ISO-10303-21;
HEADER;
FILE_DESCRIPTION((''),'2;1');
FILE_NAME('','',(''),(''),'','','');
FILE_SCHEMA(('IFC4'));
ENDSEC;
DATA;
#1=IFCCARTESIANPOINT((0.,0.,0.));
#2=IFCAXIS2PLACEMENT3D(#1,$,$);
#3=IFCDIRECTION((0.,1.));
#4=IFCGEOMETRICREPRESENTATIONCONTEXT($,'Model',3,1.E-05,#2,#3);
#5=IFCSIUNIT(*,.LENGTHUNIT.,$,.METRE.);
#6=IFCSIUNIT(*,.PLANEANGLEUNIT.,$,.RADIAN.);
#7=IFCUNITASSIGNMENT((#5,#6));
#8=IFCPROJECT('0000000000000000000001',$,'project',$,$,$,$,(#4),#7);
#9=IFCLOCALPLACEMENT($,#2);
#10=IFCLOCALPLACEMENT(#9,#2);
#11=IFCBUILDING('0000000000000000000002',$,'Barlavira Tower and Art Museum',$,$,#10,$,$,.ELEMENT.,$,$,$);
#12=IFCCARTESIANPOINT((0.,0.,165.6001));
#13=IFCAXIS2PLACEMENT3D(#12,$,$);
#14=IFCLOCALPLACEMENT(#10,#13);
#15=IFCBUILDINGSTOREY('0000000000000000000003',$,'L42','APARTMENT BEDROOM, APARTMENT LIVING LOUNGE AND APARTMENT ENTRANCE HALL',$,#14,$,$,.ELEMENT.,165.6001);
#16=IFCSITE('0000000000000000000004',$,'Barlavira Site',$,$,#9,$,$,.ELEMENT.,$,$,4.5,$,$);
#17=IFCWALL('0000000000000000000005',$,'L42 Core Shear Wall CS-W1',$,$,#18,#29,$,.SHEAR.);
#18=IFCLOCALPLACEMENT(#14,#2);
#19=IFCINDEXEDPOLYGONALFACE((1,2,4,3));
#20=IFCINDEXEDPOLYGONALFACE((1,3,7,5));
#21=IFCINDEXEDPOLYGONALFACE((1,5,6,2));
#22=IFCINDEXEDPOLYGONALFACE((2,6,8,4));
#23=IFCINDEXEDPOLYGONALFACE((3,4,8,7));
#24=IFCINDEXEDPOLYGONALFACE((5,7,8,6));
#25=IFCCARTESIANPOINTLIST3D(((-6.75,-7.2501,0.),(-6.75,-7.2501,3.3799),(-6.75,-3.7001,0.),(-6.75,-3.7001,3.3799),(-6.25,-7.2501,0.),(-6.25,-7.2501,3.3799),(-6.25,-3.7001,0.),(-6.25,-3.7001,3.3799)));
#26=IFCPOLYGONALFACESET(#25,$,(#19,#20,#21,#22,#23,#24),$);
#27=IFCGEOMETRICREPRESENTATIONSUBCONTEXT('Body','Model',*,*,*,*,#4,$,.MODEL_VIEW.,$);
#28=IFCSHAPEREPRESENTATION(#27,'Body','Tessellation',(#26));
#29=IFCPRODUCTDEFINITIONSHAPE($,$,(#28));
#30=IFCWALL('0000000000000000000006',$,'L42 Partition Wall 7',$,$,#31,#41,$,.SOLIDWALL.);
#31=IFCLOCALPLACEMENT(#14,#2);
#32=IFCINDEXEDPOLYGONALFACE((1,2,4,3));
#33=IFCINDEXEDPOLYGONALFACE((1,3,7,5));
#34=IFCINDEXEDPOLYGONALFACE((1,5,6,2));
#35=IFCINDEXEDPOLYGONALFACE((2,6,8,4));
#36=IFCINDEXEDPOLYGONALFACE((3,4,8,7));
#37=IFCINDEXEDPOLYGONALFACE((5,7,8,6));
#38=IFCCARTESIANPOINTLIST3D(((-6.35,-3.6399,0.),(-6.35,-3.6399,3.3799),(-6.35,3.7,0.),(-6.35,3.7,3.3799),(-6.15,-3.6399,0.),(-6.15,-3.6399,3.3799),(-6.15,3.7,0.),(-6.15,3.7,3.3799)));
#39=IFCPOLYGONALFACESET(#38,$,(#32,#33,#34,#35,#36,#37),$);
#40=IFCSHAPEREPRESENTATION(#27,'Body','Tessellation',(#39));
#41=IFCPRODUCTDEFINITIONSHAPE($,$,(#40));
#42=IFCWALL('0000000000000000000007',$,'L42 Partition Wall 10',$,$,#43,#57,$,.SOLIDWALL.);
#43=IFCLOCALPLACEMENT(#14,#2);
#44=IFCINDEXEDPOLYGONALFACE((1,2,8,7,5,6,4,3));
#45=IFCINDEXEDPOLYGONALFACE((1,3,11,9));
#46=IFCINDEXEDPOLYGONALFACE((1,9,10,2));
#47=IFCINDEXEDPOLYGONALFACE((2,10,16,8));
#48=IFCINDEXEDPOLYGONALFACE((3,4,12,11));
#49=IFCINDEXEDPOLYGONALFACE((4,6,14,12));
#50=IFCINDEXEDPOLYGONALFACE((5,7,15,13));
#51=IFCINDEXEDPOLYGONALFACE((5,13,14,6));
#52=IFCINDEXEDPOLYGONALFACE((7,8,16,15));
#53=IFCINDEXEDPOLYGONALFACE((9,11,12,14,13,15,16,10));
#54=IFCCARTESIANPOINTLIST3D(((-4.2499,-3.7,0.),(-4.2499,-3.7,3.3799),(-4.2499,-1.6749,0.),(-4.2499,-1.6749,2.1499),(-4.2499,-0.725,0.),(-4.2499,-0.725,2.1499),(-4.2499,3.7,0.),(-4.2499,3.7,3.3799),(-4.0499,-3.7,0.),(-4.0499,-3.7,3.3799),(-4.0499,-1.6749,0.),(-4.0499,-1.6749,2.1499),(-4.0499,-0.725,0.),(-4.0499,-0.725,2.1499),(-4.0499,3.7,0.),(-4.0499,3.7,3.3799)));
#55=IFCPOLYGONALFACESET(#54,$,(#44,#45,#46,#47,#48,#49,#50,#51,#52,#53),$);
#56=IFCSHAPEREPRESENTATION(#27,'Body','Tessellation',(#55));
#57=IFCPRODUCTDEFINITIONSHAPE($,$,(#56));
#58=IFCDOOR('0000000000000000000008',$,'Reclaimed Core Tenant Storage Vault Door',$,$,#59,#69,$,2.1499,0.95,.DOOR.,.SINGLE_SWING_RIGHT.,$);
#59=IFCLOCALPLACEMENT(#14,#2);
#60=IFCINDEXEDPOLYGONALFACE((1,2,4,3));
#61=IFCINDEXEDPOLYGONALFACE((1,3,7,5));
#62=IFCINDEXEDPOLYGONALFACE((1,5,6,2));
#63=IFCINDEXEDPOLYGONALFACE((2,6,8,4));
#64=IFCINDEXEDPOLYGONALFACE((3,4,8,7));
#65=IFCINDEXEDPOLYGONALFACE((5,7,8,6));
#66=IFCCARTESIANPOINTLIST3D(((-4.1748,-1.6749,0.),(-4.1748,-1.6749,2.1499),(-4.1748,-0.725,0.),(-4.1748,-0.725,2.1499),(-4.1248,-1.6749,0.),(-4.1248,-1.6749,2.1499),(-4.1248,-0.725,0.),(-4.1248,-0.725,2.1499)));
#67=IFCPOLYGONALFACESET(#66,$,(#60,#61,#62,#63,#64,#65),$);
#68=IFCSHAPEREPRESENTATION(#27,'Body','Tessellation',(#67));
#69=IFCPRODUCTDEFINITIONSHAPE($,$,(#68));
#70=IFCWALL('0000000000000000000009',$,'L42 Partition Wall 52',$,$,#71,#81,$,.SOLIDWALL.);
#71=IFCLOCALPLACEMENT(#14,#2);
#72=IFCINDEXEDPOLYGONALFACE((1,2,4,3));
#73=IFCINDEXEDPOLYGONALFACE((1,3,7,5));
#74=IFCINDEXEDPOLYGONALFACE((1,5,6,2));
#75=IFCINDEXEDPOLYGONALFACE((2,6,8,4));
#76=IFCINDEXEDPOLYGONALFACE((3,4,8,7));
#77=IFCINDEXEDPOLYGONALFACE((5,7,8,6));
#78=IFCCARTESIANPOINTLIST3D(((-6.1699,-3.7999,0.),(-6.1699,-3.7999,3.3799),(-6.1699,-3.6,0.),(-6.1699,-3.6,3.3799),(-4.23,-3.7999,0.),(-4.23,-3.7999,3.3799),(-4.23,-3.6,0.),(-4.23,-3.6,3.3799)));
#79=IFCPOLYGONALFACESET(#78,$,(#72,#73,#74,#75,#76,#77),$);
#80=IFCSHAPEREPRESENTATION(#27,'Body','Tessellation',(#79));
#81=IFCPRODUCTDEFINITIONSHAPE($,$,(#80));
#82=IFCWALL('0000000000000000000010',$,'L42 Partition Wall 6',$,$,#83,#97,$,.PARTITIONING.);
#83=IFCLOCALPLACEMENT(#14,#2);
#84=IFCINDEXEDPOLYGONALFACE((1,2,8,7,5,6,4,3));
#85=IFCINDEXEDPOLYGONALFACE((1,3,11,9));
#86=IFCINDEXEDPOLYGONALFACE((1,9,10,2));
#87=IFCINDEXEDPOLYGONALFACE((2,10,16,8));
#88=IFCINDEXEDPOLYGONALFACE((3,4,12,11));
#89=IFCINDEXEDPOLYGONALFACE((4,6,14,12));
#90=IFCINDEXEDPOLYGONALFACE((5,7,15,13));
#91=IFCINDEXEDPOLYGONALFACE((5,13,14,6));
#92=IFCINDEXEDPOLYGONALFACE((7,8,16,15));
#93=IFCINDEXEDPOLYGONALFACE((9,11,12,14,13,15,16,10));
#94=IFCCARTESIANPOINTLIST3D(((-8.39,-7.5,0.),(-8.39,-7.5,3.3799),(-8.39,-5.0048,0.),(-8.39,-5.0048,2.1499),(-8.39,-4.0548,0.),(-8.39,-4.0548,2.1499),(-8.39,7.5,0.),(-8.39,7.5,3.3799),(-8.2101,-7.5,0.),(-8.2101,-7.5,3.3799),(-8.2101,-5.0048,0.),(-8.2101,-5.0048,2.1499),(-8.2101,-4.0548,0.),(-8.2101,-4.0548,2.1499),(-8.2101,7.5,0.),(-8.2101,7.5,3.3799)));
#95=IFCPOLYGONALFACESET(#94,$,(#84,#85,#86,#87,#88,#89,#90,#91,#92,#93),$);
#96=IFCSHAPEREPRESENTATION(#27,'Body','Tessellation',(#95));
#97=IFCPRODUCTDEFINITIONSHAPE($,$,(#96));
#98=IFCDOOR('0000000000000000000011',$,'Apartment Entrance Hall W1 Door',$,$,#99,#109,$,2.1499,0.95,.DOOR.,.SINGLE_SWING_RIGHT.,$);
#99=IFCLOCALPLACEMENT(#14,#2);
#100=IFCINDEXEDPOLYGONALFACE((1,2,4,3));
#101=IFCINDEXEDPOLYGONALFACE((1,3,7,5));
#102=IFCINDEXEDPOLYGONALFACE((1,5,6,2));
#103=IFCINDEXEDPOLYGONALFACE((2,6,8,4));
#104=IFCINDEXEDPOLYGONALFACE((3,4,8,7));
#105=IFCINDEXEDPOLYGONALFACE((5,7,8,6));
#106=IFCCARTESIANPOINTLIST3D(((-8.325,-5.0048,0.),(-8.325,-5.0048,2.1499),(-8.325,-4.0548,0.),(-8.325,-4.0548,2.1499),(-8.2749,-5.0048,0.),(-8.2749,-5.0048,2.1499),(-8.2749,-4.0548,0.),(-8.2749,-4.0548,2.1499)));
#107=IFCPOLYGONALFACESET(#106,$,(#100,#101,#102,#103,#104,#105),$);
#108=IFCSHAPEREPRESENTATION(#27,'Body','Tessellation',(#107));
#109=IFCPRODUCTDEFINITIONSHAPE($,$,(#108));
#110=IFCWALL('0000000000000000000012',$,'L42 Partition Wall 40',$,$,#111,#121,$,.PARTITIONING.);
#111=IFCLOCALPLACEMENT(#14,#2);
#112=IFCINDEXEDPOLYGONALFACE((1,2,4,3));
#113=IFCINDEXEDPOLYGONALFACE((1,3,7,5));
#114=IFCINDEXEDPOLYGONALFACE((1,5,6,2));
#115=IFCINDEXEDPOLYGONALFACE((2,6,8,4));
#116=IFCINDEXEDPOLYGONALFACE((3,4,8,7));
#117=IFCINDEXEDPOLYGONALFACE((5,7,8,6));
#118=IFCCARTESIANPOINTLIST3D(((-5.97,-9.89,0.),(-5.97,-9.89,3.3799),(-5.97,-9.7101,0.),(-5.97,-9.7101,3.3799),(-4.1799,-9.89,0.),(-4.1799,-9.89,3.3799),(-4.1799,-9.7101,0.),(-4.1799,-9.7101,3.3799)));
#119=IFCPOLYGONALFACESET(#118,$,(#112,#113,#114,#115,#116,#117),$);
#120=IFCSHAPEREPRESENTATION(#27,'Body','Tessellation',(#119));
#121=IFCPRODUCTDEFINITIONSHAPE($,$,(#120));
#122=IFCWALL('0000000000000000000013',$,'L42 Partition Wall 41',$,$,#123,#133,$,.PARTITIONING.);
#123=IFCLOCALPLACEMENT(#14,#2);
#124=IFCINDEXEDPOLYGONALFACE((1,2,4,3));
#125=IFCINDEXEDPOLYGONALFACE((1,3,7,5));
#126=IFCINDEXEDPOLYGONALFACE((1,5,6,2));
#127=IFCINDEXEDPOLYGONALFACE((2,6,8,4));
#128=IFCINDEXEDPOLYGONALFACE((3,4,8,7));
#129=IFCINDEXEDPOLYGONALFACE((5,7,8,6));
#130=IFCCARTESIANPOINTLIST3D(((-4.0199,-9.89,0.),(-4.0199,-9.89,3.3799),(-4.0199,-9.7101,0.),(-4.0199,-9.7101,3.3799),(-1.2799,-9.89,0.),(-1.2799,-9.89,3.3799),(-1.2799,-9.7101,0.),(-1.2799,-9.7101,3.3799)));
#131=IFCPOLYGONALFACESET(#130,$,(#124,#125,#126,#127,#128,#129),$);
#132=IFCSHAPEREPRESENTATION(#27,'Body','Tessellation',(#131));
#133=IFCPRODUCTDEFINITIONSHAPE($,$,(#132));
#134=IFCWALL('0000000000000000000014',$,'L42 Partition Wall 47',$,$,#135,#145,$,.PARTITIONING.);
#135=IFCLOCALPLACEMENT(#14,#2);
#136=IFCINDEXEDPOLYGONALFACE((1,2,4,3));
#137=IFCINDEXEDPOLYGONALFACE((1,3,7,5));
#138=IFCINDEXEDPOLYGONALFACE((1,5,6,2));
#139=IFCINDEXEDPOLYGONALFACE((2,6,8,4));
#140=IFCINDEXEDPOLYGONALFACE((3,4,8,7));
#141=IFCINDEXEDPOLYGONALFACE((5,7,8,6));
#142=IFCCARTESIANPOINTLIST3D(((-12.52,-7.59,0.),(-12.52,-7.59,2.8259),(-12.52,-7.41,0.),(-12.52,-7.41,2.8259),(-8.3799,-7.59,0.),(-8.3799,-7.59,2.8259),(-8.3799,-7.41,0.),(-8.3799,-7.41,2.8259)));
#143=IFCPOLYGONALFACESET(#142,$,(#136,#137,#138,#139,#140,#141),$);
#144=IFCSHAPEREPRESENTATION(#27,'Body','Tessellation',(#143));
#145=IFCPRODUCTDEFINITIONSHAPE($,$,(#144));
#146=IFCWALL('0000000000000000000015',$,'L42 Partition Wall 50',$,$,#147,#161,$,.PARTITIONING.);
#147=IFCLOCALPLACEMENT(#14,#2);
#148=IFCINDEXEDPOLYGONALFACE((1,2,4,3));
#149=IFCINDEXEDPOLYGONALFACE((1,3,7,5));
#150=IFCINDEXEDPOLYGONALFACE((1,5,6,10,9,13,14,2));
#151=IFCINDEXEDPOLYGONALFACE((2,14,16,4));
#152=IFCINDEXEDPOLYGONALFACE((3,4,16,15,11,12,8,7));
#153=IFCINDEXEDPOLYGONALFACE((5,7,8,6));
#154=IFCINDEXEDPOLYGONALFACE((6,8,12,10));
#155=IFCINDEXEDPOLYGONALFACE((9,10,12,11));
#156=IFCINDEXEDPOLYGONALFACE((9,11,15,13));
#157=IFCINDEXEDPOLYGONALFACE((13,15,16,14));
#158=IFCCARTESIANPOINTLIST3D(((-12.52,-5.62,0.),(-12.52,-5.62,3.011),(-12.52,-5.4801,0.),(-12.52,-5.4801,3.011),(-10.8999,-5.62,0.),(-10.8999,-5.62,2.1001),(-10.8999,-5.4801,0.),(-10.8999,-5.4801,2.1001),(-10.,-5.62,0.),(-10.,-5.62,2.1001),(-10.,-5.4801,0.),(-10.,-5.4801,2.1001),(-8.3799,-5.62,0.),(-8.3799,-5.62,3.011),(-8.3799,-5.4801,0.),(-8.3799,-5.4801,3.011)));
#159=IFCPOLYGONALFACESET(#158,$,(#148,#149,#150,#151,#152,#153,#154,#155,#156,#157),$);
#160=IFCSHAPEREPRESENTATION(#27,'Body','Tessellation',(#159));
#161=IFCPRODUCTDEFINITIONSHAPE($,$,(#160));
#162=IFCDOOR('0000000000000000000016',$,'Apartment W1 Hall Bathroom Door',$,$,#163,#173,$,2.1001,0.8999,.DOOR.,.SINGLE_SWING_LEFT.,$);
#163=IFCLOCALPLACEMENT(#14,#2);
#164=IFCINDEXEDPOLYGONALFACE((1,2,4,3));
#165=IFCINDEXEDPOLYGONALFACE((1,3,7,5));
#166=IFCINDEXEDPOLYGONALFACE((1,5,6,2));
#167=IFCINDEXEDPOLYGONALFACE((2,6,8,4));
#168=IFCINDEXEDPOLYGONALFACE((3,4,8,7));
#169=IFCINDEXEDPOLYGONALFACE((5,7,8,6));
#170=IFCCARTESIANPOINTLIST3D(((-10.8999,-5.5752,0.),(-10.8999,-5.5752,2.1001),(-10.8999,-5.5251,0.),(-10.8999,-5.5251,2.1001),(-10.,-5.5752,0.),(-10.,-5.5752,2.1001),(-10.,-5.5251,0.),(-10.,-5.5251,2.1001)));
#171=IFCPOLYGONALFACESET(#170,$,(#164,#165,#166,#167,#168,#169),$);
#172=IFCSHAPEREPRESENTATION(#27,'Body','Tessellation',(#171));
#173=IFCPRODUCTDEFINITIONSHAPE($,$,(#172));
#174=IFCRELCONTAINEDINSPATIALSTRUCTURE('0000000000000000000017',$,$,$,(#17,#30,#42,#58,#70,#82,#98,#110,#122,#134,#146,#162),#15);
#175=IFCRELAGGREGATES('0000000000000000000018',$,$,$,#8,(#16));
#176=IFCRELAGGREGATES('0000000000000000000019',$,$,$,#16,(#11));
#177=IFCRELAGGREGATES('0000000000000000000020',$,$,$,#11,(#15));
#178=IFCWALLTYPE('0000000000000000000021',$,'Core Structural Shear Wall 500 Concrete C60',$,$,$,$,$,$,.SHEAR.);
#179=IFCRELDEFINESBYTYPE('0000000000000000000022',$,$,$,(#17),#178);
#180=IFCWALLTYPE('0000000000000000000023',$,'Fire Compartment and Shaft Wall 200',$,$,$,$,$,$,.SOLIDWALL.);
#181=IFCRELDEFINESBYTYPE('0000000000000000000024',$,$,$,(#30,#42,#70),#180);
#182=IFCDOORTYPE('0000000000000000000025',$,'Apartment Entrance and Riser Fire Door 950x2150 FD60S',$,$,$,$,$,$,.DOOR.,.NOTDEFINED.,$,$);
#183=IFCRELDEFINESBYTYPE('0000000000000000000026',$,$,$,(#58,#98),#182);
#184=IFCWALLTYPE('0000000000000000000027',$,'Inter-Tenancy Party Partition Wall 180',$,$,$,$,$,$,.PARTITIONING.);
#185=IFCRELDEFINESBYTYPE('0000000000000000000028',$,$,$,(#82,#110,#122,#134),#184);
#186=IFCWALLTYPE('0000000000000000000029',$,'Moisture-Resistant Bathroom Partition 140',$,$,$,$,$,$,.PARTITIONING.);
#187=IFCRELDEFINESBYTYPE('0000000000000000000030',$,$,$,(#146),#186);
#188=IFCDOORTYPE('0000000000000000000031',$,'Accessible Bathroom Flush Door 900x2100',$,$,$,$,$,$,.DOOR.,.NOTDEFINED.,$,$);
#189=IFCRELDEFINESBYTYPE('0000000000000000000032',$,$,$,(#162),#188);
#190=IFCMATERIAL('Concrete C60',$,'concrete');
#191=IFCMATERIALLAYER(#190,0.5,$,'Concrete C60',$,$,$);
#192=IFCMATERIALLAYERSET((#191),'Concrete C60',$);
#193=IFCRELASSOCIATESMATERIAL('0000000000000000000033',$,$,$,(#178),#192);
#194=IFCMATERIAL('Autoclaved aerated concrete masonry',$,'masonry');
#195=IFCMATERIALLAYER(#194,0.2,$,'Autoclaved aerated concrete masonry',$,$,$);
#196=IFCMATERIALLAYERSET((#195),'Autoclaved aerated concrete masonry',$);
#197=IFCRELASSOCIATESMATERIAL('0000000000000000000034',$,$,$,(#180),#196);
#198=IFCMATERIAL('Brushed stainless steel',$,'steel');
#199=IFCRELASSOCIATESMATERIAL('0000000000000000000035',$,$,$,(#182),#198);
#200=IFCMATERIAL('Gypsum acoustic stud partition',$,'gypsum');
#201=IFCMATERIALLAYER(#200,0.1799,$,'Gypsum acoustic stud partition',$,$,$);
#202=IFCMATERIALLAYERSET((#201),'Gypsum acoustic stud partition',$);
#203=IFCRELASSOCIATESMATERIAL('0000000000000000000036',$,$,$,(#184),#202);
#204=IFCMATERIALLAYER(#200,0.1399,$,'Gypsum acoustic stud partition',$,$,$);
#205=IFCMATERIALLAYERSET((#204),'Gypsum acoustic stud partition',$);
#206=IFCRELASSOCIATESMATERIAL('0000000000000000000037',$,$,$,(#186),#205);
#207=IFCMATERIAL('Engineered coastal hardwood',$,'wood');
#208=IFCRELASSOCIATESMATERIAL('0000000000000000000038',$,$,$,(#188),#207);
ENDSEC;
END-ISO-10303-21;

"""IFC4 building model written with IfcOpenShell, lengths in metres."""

from ifc_helpers import new_model, si_unit, direction, frame, frame_2d, origin, place, context, subcontext, project, spatial, rectangle, extrude, material, layer, layer_set, type_object, element, fill, save


model = new_model("IFC4")

# Units and contexts
model_context = context("Model", 3, precision=1e-05, world=origin(), true_north=direction((0.0, 1.0)))
body_context = subcontext(model_context, "Body", "Model", "MODEL_VIEW")
ifc_project = project(units=[si_unit("LENGTHUNIT", "METRE"), si_unit("PLANEANGLEUNIT", "RADIAN")], contexts=[model_context])

# Site, building, storey
site_placement = place(None, origin())
site = spatial("IfcSite", under=ifc_project, at=site_placement, Name="Barlavira Site", CompositionType="ELEMENT", RefElevation=4.5)
building_placement = place(site_placement, origin())
building = spatial("IfcBuilding", under=site, at=building_placement, Name="Barlavira Tower and Art Museum", CompositionType="ELEMENT")
storey_placement = place(building_placement, frame((0.0, 0.0, 165.6001)))
storey = spatial("IfcBuildingStorey", under=building, at=storey_placement, Name="L42", Description="APARTMENT BEDROOM, APARTMENT LIVING LOUNGE AND APARTMENT ENTRANCE HALL", CompositionType="ELEMENT", Elevation=165.6001)

# Shared definitions
ifc_material_1 = material(Name="Gypsum acoustic stud partition", Category="gypsum")
ifc_material_2 = material(Name="Engineered coastal hardwood", Category="wood")

# Walls
ifc_material_3 = material(Name="Concrete C60", Category="concrete")
ifc_layer_1 = layer(ifc_material_3, 0.5, Name="Concrete C60")
ifc_layer_set_1 = layer_set([ifc_layer_1], Name="Concrete C60")
wall_type_1 = type_object("IfcWallType", Name="Core Structural Shear Wall 500 Concrete C60", PredefinedType="SHEAR", material=ifc_layer_set_1)
wall_1_placement = place(storey_placement, frame((-6.5, -7.25, 0.0), z_axis=(0.0, 0.0, 1.0), x_axis=(0.0, 1.0, 0.0)))
element("IfcWall", 1, at=wall_1_placement, inside=storey, type_object=wall_type_1, Name="L42 Core Shear Wall CS-W1", PredefinedType="SHEAR", context=body_context, shape_type="SweptSolid", body=[
    extrude(rectangle(XDim=3.55, YDim=0.5, at=frame_2d((1.7749, 0.0))), origin(), (0.0, 0.0, 1.0), 3.3799),
])
ifc_material_4 = material(Name="Autoclaved aerated concrete masonry", Category="masonry")
ifc_layer_2 = layer(ifc_material_4, 0.2, Name="Autoclaved aerated concrete masonry")
ifc_layer_set_2 = layer_set([ifc_layer_2], Name="Autoclaved aerated concrete masonry")
wall_type_2 = type_object("IfcWallType", Name="Fire Compartment and Shaft Wall 200", PredefinedType="SOLIDWALL", material=ifc_layer_set_2)
wall_2_placement = place(storey_placement, frame((-6.25, -3.6399, 0.0), z_axis=(0.0, 0.0, 1.0), x_axis=(0.0, 1.0, 0.0)))
element("IfcWall", 2, at=wall_2_placement, inside=storey, type_object=wall_type_2, Name="L42 Partition Wall 7", PredefinedType="SOLIDWALL", context=body_context, shape_type="SweptSolid", body=[
    extrude(rectangle(XDim=7.3398, YDim=0.2, at=frame_2d((3.6699, 0.0))), origin(), (0.0, 0.0, 1.0), 3.3799),
])

# Wall, opening, door
wall_3_placement = place(storey_placement, frame((-4.1499, -3.7, 0.0), z_axis=(0.0, 0.0, 1.0), x_axis=(0.0, 1.0, 0.0)))
wall_3 = element("IfcWall", 3, at=wall_3_placement, inside=storey, type_object=wall_type_2, Name="L42 Partition Wall 10", PredefinedType="SOLIDWALL", context=body_context, shape_type="SweptSolid", body=[
    extrude(rectangle(XDim=7.3999, YDim=0.2, at=frame_2d((3.7, 0.0))), origin(), (0.0, 0.0, 1.0), 3.3799),
])
opening_1_placement = place(wall_3_placement, frame((2.0249, 0.0, 0.0)))
opening_1 = element("IfcOpeningElement", 4, at=opening_1_placement, cuts=wall_3, PredefinedType="OPENING", context=body_context, shape_type="SweptSolid", body=[
    extrude(rectangle(XDim=0.95, YDim=2.1499, at=frame_2d((0.4751, 1.075))), frame((0.0, 0.1099, 0.0), z_axis=(0.0, -1.0, 0.0), x_axis=(1.0, 0.0, 0.0)), (0.0, 0.0, 1.0), 0.22),
])
ifc_material_5 = material(Name="Brushed stainless steel", Category="steel")
door_type_1 = type_object("IfcDoorType", Name="Apartment Entrance and Riser Fire Door 950x2150 FD60S", OperationType="NOTDEFINED", PredefinedType="DOOR", material=ifc_material_5)
door_1_placement = place(opening_1_placement, origin())
door_1 = element("IfcDoor", 5, at=door_1_placement, inside=storey, type_object=door_type_1, Name="Reclaimed Core Tenant Storage Vault Door", OperationType="SINGLE_SWING_RIGHT", OverallHeight=2.1499, OverallWidth=0.95, PredefinedType="DOOR", context=body_context, shape_type="SweptSolid", body=[
    extrude(rectangle(XDim=0.95, YDim=2.1499, at=frame_2d((0.4751, 1.075))), frame((0.0, 0.0249, 0.0), z_axis=(0.0, -1.0, 0.0), x_axis=(1.0, 0.0, 0.0)), (0.0, 0.0, 1.0), 0.05),
])
fill(opening_1, door_1)

# Wall
wall_4_placement = place(storey_placement, frame((-6.1699, -3.7, 0.0), z_axis=(0.0, 0.0, 1.0), x_axis=(1.0, 0.0, 0.0)))
element("IfcWall", 6, at=wall_4_placement, inside=storey, type_object=wall_type_2, Name="L42 Partition Wall 52", PredefinedType="SOLIDWALL", context=body_context, shape_type="SweptSolid", body=[
    extrude(rectangle(XDim=1.9399, YDim=0.2, at=frame_2d((0.97, 0.0))), origin(), (0.0, 0.0, 1.0), 3.3799),
])

# Wall, opening, door
ifc_layer_3 = layer(ifc_material_1, 0.1799, Name="Gypsum acoustic stud partition")
ifc_layer_set_3 = layer_set([ifc_layer_3], Name="Gypsum acoustic stud partition")
wall_type_3 = type_object("IfcWallType", Name="Inter-Tenancy Party Partition Wall 180", PredefinedType="PARTITIONING", material=ifc_layer_set_3)
wall_5_placement = place(storey_placement, frame((-8.3, -7.5, 0.0), z_axis=(0.0, 0.0, 1.0), x_axis=(0.0, 1.0, 0.0)))
wall_5 = element("IfcWall", 7, at=wall_5_placement, inside=storey, type_object=wall_type_3, Name="L42 Partition Wall 6", PredefinedType="PARTITIONING", context=body_context, shape_type="SweptSolid", body=[
    extrude(rectangle(XDim=15.0, YDim=0.1799, at=frame_2d((7.5, 0.0))), origin(), (0.0, 0.0, 1.0), 3.3799),
])
opening_2_placement = place(wall_5_placement, frame((2.4951, 0.0, 0.0)))
opening_2 = element("IfcOpeningElement", 8, at=opening_2_placement, cuts=wall_5, PredefinedType="OPENING", context=body_context, shape_type="SweptSolid", body=[
    extrude(rectangle(XDim=0.95, YDim=2.1499, at=frame_2d((0.4751, 1.075))), frame((0.0, 0.1001, 0.0), z_axis=(0.0, -1.0, 0.0), x_axis=(1.0, 0.0, 0.0)), (0.0, 0.0, 1.0), 0.2),
])
door_2_placement = place(opening_2_placement, origin())
door_2 = element("IfcDoor", 9, at=door_2_placement, inside=storey, type_object=door_type_1, Name="Apartment Entrance Hall W1 Door", OperationType="SINGLE_SWING_RIGHT", OverallHeight=2.1499, OverallWidth=0.95, PredefinedType="DOOR", context=body_context, shape_type="SweptSolid", body=[
    extrude(rectangle(XDim=0.95, YDim=2.1499, at=frame_2d((0.4751, 1.075))), frame((0.0, 0.0249, 0.0), z_axis=(0.0, -1.0, 0.0), x_axis=(1.0, 0.0, 0.0)), (0.0, 0.0, 1.0), 0.05),
])
fill(opening_2, door_2)

# Walls
wall_6_placement = place(storey_placement, frame((-5.97, -9.8, 0.0), z_axis=(0.0, 0.0, 1.0), x_axis=(1.0, 0.0, 0.0)))
element("IfcWall", 10, at=wall_6_placement, inside=storey, type_object=wall_type_3, Name="L42 Partition Wall 40", PredefinedType="PARTITIONING", context=body_context, shape_type="SweptSolid", body=[
    extrude(rectangle(XDim=1.79, YDim=0.1799, at=frame_2d((0.895, 0.0))), origin(), (0.0, 0.0, 1.0), 3.3799),
])
wall_7_placement = place(storey_placement, frame((-4.02, -9.8, 0.0), z_axis=(0.0, 0.0, 1.0), x_axis=(1.0, 0.0, 0.0)))
element("IfcWall", 11, at=wall_7_placement, inside=storey, type_object=wall_type_3, Name="L42 Partition Wall 41", PredefinedType="PARTITIONING", context=body_context, shape_type="SweptSolid", body=[
    extrude(rectangle(XDim=2.74, YDim=0.1799, at=frame_2d((1.3701, 0.0))), origin(), (0.0, 0.0, 1.0), 3.3799),
])
wall_8_placement = place(storey_placement, frame((-12.52, -7.5, 0.0), z_axis=(0.0, 0.0, 1.0), x_axis=(1.0, 0.0, 0.0)))
element("IfcWall", 12, at=wall_8_placement, inside=storey, type_object=wall_type_3, Name="L42 Partition Wall 47", PredefinedType="PARTITIONING", context=body_context, shape_type="SweptSolid", body=[
    extrude(rectangle(XDim=4.1401, YDim=0.1799, at=frame_2d((2.0701, 0.0))), origin(), (0.0, 0.0, 1.0), 2.8259),
])

# Wall, opening, door
ifc_layer_4 = layer(ifc_material_1, 0.1399, Name="Gypsum acoustic stud partition")
ifc_layer_set_4 = layer_set([ifc_layer_4], Name="Gypsum acoustic stud partition")
wall_type_4 = type_object("IfcWallType", Name="Moisture-Resistant Bathroom Partition 140", PredefinedType="PARTITIONING", material=ifc_layer_set_4)
wall_9_placement = place(storey_placement, frame((-12.52, -5.55, 0.0), z_axis=(0.0, 0.0, 1.0), x_axis=(1.0, 0.0, 0.0)))
wall_9 = element("IfcWall", 13, at=wall_9_placement, inside=storey, type_object=wall_type_4, Name="L42 Partition Wall 50", PredefinedType="PARTITIONING", context=body_context, shape_type="SweptSolid", body=[
    extrude(rectangle(XDim=4.1401, YDim=0.1399, at=frame_2d((2.0701, 0.0))), origin(), (0.0, 0.0, 1.0), 3.011),
])
opening_3_placement = place(wall_9_placement, frame((1.6201, 0.0, 0.0)))
opening_3 = element("IfcOpeningElement", 14, at=opening_3_placement, cuts=wall_9, PredefinedType="OPENING", context=body_context, shape_type="SweptSolid", body=[
    extrude(rectangle(XDim=0.8999, YDim=2.1001, at=frame_2d((0.45, 1.05))), frame((0.0, 0.0801, 0.0), z_axis=(0.0, -1.0, 0.0), x_axis=(1.0, 0.0, 0.0)), (0.0, 0.0, 1.0), 0.1599),
])
door_type_2 = type_object("IfcDoorType", Name="Accessible Bathroom Flush Door 900x2100", OperationType="NOTDEFINED", PredefinedType="DOOR", material=ifc_material_2)
door_3_placement = place(opening_3_placement, origin())
door_3 = element("IfcDoor", 15, at=door_3_placement, inside=storey, type_object=door_type_2, Name="Apartment W1 Hall Bathroom Door", OperationType="SINGLE_SWING_LEFT", OverallHeight=2.1001, OverallWidth=0.8999, PredefinedType="DOOR", context=body_context, shape_type="SweptSolid", body=[
    extrude(rectangle(XDim=0.8999, YDim=2.1001, at=frame_2d((0.45, 1.05))), frame((0.0, 0.0249, 0.0), z_axis=(0.0, -1.0, 0.0), x_axis=(1.0, 0.0, 0.0)), (0.0, 0.0, 1.0), 0.05),
])
fill(opening_3, door_3)

save(model, "model.ifc")
